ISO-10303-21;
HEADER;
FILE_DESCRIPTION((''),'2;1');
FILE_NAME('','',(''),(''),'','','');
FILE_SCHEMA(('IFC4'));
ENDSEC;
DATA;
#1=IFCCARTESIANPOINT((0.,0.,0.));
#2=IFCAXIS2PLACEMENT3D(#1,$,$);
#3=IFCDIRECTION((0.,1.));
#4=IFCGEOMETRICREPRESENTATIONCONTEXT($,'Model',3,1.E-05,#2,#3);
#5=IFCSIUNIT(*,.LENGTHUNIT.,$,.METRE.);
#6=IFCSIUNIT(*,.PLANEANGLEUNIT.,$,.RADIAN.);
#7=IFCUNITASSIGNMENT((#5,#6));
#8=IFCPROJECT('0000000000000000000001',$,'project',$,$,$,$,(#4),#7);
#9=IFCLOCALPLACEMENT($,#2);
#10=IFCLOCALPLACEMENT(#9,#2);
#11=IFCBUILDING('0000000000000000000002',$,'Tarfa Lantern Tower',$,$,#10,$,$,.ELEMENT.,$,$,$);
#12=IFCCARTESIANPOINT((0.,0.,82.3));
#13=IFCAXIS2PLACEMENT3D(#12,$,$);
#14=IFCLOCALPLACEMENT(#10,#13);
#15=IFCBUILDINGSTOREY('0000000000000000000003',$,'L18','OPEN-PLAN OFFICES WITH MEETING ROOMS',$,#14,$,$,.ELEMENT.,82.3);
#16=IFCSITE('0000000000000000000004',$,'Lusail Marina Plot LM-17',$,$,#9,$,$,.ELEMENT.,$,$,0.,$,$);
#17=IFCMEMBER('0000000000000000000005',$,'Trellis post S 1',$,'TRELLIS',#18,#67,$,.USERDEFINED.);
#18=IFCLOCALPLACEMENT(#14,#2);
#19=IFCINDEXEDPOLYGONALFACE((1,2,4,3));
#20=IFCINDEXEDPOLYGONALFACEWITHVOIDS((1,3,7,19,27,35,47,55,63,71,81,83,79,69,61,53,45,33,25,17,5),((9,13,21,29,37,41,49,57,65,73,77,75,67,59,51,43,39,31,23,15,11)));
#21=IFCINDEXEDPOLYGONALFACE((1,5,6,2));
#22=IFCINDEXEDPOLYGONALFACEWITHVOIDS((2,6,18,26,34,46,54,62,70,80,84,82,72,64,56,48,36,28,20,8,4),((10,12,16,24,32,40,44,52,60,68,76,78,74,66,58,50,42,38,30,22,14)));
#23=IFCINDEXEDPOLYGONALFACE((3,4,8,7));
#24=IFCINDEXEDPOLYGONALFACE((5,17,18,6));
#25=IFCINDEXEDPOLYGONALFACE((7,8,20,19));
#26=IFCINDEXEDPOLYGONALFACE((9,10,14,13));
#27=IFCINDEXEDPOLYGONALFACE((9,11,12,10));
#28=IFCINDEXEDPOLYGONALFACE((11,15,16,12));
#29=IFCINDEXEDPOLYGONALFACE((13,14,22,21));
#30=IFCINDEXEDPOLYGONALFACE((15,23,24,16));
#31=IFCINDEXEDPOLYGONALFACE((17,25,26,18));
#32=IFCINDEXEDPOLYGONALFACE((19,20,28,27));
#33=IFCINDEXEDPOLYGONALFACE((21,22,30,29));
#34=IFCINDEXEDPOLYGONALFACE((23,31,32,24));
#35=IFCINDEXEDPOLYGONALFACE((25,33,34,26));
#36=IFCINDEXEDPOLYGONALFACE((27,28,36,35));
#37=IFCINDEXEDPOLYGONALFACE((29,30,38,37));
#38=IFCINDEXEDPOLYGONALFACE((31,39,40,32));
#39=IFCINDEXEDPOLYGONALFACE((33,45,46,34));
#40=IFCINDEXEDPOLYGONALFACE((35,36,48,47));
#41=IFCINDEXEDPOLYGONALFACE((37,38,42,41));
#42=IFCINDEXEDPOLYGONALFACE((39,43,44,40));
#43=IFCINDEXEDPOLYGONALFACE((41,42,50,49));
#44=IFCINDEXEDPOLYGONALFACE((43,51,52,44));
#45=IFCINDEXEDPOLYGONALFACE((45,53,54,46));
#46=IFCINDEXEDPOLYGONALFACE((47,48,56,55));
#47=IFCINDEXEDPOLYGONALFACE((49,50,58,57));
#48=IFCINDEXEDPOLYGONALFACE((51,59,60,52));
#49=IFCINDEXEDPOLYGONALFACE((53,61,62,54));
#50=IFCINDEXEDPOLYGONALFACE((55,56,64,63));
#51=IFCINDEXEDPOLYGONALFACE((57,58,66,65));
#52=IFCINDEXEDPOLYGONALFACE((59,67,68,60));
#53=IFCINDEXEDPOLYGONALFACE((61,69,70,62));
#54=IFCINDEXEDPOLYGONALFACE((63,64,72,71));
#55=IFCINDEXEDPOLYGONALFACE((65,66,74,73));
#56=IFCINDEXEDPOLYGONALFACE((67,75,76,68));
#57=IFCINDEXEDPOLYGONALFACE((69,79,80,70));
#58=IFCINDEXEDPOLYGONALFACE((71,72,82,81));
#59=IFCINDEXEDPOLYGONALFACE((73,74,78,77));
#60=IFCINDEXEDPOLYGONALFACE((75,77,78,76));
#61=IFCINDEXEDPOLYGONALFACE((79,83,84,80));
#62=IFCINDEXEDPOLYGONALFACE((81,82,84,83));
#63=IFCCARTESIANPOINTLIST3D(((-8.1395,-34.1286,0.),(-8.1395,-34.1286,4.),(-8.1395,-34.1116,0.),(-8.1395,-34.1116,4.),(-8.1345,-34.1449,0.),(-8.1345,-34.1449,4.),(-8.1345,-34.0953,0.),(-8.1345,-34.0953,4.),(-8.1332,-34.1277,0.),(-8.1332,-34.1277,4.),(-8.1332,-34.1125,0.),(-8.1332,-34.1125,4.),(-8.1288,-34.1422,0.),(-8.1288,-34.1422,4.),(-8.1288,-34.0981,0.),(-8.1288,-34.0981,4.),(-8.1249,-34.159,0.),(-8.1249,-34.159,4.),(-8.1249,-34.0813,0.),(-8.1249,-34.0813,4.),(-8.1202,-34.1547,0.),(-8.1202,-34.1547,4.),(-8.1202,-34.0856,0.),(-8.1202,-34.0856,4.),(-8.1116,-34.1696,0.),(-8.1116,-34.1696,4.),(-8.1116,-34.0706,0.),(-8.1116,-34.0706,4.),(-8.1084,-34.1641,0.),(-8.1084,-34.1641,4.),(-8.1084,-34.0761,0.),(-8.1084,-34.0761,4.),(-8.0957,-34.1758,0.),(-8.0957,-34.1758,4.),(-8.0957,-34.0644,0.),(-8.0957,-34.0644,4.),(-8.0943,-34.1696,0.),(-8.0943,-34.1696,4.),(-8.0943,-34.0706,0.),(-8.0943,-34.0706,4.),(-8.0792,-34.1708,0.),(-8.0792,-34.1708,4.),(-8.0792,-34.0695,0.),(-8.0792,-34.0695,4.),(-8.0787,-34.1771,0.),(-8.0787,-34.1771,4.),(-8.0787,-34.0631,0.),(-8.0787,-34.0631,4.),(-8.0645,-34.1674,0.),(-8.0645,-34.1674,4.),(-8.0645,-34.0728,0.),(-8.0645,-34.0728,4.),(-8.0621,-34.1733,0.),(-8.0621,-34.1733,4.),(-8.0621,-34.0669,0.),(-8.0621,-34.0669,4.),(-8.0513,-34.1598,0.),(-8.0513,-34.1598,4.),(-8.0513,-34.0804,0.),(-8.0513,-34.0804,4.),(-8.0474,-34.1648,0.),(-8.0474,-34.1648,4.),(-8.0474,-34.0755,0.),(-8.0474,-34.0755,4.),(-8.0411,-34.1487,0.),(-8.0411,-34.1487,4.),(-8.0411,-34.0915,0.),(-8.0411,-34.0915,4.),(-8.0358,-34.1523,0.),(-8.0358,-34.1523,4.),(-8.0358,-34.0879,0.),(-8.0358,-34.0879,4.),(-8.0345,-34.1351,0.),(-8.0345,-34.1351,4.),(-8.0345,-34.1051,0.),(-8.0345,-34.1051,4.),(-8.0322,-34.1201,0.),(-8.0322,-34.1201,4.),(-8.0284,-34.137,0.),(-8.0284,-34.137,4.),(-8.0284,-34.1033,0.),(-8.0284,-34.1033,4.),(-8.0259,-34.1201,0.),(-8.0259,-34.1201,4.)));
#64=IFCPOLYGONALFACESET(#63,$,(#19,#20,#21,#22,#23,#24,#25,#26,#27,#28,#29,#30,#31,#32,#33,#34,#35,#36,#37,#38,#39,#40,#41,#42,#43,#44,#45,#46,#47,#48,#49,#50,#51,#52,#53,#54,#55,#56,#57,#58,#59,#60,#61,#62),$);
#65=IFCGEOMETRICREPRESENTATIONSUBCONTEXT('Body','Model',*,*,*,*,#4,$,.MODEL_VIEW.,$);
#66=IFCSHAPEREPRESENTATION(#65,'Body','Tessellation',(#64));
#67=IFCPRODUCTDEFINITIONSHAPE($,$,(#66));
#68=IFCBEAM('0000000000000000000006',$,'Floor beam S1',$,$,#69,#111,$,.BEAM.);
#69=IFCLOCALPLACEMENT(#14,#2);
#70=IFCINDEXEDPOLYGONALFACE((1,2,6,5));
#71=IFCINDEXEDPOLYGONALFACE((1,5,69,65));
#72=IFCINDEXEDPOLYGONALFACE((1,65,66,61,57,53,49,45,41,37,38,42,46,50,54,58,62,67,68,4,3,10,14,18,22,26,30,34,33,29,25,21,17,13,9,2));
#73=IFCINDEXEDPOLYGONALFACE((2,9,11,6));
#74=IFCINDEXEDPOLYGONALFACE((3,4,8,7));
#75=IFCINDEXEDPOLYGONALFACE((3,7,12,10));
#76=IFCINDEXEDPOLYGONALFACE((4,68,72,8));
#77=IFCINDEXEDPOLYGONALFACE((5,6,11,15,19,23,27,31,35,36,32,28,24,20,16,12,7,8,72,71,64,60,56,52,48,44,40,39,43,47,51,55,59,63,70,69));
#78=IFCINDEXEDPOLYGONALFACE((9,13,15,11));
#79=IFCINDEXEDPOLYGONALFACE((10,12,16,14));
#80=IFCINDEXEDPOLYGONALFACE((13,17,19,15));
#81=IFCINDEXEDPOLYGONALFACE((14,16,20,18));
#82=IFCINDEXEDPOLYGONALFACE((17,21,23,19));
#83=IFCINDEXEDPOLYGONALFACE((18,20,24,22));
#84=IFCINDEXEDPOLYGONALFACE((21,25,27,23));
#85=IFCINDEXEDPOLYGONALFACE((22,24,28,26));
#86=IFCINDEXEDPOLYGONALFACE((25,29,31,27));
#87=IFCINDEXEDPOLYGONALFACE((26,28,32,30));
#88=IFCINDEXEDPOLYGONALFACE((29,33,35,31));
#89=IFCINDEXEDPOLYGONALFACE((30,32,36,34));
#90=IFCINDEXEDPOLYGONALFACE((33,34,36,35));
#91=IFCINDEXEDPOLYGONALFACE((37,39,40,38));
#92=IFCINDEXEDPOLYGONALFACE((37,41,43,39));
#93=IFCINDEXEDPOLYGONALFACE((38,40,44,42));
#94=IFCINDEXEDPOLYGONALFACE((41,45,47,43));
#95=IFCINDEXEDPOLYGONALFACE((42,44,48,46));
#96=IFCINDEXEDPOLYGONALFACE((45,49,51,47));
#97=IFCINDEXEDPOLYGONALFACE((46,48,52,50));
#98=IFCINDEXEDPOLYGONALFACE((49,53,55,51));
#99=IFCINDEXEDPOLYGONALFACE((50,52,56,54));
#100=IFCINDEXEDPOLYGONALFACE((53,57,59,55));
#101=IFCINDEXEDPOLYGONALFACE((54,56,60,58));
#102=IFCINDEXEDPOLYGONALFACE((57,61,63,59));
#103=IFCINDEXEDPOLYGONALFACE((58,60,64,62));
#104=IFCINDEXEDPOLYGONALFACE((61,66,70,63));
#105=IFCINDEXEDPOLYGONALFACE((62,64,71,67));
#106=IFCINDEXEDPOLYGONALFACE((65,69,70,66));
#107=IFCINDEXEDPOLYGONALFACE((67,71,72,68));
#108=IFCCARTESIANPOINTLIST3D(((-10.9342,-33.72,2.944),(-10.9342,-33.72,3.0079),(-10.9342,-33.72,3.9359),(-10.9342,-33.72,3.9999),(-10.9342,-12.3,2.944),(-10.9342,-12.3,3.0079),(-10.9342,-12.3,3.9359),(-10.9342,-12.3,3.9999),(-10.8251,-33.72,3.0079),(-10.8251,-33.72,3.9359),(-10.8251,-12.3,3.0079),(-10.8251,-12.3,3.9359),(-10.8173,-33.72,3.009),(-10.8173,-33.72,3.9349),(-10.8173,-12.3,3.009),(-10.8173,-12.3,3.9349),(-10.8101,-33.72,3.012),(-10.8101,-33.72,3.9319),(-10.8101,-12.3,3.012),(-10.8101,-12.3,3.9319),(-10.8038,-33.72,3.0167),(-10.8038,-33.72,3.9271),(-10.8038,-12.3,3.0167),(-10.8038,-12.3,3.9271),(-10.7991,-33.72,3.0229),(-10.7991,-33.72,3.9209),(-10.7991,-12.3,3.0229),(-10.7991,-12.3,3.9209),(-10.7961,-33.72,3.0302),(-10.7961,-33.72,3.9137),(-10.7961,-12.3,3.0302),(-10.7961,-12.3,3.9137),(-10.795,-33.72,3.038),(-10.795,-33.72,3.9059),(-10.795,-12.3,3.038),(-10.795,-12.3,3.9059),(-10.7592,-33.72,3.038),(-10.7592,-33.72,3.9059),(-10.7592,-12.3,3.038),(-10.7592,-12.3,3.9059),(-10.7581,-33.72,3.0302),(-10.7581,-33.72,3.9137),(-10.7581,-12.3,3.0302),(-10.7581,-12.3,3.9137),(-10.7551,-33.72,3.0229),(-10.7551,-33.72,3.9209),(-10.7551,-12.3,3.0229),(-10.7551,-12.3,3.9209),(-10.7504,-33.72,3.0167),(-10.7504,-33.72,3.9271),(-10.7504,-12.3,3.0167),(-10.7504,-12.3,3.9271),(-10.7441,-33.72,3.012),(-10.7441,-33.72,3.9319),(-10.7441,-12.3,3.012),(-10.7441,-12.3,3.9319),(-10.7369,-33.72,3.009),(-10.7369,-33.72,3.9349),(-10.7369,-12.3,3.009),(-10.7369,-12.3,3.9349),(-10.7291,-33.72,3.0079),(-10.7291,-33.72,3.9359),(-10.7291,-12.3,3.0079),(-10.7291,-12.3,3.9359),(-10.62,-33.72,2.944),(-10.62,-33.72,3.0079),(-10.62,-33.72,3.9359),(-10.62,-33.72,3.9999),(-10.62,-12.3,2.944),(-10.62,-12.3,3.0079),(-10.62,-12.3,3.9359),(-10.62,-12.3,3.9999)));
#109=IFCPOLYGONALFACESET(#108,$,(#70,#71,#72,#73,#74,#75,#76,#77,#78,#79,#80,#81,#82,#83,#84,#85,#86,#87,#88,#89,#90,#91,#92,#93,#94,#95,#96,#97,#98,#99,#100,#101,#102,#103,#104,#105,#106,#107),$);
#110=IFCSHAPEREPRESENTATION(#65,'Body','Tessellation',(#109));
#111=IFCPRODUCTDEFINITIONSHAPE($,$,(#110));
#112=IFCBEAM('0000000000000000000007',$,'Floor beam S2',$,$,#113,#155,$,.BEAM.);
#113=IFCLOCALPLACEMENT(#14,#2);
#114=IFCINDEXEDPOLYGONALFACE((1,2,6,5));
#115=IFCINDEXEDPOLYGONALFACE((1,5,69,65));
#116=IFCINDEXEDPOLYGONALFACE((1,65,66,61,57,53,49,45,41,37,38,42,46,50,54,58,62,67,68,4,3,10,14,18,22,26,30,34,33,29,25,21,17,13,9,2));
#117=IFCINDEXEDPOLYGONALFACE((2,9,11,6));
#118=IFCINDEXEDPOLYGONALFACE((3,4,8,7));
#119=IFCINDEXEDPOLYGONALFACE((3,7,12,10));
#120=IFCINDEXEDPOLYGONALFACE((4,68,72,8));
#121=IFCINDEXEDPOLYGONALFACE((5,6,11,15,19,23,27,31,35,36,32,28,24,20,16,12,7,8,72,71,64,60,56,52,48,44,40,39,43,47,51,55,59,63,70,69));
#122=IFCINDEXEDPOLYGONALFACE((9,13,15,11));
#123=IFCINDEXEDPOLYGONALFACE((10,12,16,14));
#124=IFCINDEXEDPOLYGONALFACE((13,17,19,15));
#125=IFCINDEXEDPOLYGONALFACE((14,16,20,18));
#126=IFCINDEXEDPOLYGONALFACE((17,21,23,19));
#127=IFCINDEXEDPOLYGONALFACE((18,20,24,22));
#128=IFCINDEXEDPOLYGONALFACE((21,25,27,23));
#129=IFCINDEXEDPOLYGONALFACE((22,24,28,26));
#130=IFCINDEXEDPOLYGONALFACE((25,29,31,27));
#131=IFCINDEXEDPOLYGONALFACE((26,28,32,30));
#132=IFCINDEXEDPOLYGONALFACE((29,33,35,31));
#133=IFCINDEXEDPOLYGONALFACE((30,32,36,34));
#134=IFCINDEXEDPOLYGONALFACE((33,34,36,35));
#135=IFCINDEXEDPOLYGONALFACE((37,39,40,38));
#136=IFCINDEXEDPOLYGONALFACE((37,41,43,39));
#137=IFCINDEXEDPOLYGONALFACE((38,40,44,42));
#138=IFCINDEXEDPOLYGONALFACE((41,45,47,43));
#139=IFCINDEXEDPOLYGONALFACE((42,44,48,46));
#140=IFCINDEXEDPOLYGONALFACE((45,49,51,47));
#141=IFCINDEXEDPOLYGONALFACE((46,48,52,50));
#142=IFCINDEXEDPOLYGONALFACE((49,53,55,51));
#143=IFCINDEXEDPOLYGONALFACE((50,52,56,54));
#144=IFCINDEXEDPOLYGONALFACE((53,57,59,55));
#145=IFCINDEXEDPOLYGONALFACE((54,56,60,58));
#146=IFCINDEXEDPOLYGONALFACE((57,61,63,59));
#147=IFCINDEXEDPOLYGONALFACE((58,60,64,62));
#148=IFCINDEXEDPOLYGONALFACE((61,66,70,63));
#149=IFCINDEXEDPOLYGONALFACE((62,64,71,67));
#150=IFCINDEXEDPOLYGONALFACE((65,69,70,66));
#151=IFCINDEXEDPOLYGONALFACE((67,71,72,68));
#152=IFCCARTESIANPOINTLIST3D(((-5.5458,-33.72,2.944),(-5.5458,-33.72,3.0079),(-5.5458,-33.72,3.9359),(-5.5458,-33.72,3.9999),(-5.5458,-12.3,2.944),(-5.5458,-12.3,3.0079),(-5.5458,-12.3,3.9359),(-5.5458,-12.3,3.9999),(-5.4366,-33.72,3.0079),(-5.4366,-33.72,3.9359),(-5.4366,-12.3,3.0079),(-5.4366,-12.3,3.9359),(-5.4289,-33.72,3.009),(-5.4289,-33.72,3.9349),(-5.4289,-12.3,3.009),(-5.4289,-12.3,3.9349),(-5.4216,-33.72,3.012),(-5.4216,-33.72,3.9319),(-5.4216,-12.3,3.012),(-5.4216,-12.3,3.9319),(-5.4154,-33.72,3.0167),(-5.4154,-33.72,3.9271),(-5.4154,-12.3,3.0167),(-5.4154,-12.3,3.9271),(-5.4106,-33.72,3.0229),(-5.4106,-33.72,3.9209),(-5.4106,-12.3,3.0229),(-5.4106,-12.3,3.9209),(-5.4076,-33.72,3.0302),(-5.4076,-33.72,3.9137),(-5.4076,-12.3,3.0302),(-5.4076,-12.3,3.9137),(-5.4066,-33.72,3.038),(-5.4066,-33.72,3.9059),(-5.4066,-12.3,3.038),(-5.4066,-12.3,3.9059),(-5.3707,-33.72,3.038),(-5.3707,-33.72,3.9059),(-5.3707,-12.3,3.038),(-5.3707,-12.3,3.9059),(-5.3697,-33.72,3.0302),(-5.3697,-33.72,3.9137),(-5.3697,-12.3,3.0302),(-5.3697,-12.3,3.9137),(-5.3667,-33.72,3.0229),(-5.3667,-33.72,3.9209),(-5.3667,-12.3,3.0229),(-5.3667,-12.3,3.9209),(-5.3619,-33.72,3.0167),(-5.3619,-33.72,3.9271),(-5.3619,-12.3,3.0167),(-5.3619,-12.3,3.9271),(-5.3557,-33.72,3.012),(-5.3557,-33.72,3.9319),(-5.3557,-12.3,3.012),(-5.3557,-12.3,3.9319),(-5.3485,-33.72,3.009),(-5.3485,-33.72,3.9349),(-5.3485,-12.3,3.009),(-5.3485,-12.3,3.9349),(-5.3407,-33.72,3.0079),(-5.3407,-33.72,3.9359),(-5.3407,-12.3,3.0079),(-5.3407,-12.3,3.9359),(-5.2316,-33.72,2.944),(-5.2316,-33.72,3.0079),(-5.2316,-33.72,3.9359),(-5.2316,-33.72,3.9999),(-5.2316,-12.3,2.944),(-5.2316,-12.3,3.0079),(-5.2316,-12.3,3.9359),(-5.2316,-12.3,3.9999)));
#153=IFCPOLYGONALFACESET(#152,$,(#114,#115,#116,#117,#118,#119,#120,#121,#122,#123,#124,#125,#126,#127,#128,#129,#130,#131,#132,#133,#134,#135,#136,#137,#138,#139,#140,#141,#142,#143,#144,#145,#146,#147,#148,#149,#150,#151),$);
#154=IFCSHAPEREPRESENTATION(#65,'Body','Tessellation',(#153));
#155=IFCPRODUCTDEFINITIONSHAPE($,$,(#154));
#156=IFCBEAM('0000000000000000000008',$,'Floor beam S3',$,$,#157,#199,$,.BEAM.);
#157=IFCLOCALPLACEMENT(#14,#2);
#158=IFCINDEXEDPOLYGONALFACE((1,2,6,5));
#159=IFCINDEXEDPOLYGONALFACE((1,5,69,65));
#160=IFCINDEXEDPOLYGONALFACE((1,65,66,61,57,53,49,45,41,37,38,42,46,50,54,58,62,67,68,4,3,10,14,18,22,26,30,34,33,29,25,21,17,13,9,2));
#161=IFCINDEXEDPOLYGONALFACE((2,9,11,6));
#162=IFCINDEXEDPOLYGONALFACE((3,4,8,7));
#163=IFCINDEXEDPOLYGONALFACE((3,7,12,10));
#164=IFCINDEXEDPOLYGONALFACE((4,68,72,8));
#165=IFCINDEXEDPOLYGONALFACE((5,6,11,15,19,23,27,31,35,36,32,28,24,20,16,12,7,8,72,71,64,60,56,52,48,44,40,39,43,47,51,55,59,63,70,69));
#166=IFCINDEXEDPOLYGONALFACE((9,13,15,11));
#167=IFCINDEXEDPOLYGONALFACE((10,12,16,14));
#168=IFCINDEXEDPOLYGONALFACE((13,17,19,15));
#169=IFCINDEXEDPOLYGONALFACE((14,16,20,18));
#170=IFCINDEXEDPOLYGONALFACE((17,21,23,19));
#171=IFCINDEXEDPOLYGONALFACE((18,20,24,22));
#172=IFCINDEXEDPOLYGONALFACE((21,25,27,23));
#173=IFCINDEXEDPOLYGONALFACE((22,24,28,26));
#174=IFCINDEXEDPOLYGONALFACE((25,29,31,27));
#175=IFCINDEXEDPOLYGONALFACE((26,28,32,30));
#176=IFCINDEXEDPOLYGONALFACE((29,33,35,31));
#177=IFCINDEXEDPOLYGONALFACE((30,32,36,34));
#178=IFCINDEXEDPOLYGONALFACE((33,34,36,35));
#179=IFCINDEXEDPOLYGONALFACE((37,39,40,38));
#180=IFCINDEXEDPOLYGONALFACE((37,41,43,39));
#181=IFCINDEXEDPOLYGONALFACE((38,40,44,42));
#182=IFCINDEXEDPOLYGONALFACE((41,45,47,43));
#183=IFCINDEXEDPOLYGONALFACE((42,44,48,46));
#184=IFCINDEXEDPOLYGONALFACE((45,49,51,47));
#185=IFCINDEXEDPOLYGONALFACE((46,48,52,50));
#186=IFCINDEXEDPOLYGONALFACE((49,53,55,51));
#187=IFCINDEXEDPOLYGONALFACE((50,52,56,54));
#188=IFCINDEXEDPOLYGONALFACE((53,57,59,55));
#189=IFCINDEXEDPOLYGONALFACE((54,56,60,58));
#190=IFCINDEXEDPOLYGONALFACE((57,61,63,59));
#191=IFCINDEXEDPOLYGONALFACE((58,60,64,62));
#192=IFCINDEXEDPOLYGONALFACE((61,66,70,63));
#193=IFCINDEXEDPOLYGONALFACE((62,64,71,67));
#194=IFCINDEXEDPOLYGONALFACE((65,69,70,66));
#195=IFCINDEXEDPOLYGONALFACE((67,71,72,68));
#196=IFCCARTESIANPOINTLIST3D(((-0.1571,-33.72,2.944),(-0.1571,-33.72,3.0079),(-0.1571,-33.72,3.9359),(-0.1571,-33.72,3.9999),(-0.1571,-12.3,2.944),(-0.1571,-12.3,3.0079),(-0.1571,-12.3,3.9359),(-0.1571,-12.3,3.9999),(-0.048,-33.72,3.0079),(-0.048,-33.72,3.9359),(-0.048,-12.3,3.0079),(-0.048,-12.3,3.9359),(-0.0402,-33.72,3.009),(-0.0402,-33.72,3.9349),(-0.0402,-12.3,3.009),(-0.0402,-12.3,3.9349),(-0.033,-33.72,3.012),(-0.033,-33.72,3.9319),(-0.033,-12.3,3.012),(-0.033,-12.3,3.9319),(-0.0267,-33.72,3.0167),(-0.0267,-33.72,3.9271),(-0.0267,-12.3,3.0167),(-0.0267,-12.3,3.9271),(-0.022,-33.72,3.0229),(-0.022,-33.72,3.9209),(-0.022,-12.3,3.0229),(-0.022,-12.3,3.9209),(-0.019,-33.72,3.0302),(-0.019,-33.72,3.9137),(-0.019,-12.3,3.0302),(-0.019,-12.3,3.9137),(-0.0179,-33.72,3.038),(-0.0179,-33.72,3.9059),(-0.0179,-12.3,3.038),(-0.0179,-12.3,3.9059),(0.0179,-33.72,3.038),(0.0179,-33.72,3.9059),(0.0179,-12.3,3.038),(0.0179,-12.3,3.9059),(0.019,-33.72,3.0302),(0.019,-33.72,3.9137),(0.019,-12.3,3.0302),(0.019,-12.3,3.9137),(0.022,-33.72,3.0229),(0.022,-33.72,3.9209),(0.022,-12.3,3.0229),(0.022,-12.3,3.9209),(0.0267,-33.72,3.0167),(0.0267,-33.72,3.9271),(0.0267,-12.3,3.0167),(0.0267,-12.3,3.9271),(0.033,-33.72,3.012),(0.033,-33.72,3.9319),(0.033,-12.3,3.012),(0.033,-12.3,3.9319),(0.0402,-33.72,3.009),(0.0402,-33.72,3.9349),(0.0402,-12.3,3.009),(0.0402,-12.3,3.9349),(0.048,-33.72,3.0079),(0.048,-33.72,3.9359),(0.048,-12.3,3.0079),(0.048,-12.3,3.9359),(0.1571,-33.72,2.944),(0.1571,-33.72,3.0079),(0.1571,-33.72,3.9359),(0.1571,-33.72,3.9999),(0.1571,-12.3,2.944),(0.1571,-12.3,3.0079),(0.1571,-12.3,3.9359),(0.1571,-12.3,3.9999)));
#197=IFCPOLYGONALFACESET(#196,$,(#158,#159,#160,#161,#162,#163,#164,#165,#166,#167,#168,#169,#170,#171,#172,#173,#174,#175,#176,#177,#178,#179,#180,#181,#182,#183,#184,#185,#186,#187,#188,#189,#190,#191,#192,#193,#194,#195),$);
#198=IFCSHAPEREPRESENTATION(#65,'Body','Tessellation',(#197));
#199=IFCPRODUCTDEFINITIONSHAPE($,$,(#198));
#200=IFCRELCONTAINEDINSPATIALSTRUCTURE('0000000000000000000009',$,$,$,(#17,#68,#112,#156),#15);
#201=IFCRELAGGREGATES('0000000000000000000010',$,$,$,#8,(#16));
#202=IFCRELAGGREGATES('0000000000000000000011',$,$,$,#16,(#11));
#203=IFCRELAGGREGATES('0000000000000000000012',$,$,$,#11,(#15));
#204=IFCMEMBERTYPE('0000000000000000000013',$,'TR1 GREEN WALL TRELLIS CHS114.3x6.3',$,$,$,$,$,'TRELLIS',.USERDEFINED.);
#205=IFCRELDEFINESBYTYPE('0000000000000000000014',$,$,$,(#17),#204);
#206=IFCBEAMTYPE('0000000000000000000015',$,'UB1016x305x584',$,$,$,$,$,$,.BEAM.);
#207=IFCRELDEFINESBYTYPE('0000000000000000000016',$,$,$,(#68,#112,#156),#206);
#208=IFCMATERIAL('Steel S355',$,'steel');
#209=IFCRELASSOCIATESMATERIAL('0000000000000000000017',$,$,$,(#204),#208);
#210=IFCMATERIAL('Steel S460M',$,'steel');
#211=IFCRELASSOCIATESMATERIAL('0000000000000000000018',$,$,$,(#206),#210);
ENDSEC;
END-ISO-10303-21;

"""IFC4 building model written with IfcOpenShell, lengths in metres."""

from ifc_helpers import new_model, si_unit, direction, frame, origin, origin_2d, place, context, subcontext, project, spatial, hollow_circle, i_section, extrude, material, material_profile, profile_set, type_object, element, save


model = new_model("IFC4")

# Units and contexts
model_context = context("Model", 3, precision=1e-05, world=origin(), true_north=direction((0.0, 1.0)))
body_context = subcontext(model_context, "Body", "Model", "MODEL_VIEW")
ifc_project = project(units=[si_unit("LENGTHUNIT", "METRE"), si_unit("PLANEANGLEUNIT", "RADIAN")], contexts=[model_context])

# Site, building, storey
site_placement = place(None, origin())
site = spatial("IfcSite", under=ifc_project, at=site_placement, Name="Lusail Marina Plot LM-17", CompositionType="ELEMENT", RefElevation=0.0)
building_placement = place(site_placement, origin())
building = spatial("IfcBuilding", under=site, at=building_placement, Name="Tarfa Lantern Tower", CompositionType="ELEMENT")
storey_placement = place(building_placement, frame((0.0, 0.0, 82.3)))
storey = spatial("IfcBuildingStorey", under=building, at=storey_placement, Name="L18", Description="OPEN-PLAN OFFICES WITH MEETING ROOMS", CompositionType="ELEMENT", Elevation=82.3)

# Member
ifc_material_1 = material(Name="Steel S355", Category="steel")
ifc_material_profile_1 = material_profile(ifc_material_1, hollow_circle(Radius=0.0571, WallThickness=0.0063, at=origin_2d()), Name="CHS114.3x6.3")
ifc_profile_set_1 = profile_set([ifc_material_profile_1], Name="Steel S355")
member_type_1 = type_object("IfcMemberType", Name="TR1 GREEN WALL TRELLIS CHS114.3x6.3", ElementType="TRELLIS", PredefinedType="USERDEFINED", material=ifc_profile_set_1)
member_1_placement = place(storey_placement, frame((-8.083, -34.1201, 0.0), z_axis=(0.0, 0.0, 1.0), x_axis=(1.0, 0.0, 0.0)))
element("IfcMember", 1, at=member_1_placement, inside=storey, type_object=member_type_1, Name="Trellis post S 1", ObjectType="TRELLIS", PredefinedType="USERDEFINED", context=body_context, shape_type="SweptSolid", body=[
    extrude(hollow_circle(Radius=0.0571, WallThickness=0.0063, at=origin_2d()), origin(), (0.0, 0.0, 1.0), 4.0),
])

# Beams
ifc_material_2 = material(Name="Steel S460M", Category="steel")
ifc_material_profile_2 = material_profile(ifc_material_2, i_section(OverallWidth=0.3142, OverallDepth=1.0559, WebThickness=0.0359, FlangeThickness=0.064, FilletRadius=0.03, at=origin_2d()), Name="UB1016x305x584")
ifc_profile_set_2 = profile_set([ifc_material_profile_2], Name="Steel S460M")
beam_type_1 = type_object("IfcBeamType", Name="UB1016x305x584", PredefinedType="BEAM", material=ifc_profile_set_2)
for number, where, z_axis, x_axis, name in (
    (2, (-10.7771, -33.72, 3.4719), (0.0, 1.0, 0.0), (-1.0, 0.0, 0.0), "Floor beam S1"),
    (3, (-5.3887, -33.72, 3.4719), (0.0, 1.0, 0.0), (-1.0, 0.0, 0.0), "Floor beam S2"),
    (4, (0.0, -33.72, 3.4719), (0.0, 1.0, 0.0), (-1.0, 0.0, 0.0), "Floor beam S3"),
):
    element("IfcBeam", number, at=place(storey_placement, frame(where, z_axis=z_axis, x_axis=x_axis)), inside=storey, type_object=beam_type_1, Name=name, PredefinedType="BEAM", context=body_context, shape_type="SweptSolid", body=[
        extrude(i_section(OverallWidth=0.3142, OverallDepth=1.0559, WebThickness=0.0359, FlangeThickness=0.064, FilletRadius=0.03, at=origin_2d()), origin(), (0.0, 0.0, 1.0), 21.4199),
    ])

save(model, "model.ifc")
